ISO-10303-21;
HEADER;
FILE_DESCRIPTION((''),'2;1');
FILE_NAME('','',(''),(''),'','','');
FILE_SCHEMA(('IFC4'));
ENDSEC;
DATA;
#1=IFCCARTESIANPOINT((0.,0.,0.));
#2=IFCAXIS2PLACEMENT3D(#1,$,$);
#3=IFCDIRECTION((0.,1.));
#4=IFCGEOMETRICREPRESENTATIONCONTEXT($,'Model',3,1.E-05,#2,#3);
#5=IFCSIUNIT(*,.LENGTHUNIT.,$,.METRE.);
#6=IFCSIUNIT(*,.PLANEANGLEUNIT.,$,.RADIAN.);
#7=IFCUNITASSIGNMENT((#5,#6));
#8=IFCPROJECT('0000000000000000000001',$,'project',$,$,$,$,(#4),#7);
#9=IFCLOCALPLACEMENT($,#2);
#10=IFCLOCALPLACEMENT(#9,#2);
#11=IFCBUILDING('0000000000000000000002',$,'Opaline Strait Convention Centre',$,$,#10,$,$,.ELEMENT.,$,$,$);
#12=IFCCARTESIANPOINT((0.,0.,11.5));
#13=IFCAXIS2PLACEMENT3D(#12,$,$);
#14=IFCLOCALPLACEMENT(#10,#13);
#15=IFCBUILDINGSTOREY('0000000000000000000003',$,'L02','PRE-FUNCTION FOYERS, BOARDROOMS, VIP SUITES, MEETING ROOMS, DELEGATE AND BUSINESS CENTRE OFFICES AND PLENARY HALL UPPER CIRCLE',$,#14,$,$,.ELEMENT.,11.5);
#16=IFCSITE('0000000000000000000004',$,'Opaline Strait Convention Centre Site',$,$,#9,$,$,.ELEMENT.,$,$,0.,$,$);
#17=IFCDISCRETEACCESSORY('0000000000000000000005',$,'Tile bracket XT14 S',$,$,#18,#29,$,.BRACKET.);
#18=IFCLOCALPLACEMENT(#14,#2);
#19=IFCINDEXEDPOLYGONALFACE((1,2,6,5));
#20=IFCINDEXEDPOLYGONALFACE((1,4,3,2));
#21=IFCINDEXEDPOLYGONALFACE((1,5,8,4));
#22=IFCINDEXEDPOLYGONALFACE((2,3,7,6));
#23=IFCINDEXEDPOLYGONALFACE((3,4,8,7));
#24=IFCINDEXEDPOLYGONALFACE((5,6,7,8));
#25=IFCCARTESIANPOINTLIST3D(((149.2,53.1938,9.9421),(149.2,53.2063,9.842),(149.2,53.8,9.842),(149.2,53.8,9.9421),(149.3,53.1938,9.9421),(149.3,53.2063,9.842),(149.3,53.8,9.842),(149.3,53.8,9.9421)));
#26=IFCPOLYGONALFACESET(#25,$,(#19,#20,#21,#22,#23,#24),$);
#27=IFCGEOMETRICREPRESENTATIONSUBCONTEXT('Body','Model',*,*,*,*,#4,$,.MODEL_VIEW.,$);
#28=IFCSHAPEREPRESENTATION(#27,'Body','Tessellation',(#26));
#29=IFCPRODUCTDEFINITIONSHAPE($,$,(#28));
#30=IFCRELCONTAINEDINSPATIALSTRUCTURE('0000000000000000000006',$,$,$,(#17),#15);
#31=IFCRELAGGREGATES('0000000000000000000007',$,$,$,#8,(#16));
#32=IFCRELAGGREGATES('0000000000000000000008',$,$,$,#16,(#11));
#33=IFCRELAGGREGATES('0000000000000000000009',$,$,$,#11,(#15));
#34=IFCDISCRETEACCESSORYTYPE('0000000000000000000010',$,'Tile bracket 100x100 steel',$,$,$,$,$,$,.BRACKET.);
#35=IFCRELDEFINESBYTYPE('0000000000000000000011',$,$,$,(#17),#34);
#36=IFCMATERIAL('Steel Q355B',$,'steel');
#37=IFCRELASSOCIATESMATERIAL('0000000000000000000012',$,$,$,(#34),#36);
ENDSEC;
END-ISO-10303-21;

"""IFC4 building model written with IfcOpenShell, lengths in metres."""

from ifc_helpers import new_model, si_unit, direction, frame, origin, place, context, subcontext, project, spatial, polyline, outline, extrude, material, type_object, element, save


model = new_model("IFC4")

# Units and contexts
model_context = context("Model", 3, precision=1e-05, world=origin(), true_north=direction((0.0, 1.0)))
body_context = subcontext(model_context, "Body", "Model", "MODEL_VIEW")
ifc_project = project(units=[si_unit("LENGTHUNIT", "METRE"), si_unit("PLANEANGLEUNIT", "RADIAN")], contexts=[model_context])

# Site, building, storey
site_placement = place(None, origin())
site = spatial("IfcSite", under=ifc_project, at=site_placement, Name="Opaline Strait Convention Centre Site", CompositionType="ELEMENT", RefElevation=0.0)
building_placement = place(site_placement, origin())
building = spatial("IfcBuilding", under=site, at=building_placement, Name="Opaline Strait Convention Centre", CompositionType="ELEMENT")
storey_placement = place(building_placement, frame((0.0, 0.0, 11.5)))
storey = spatial("IfcBuildingStorey", under=building, at=storey_placement, Name="L02", Description="PRE-FUNCTION FOYERS, BOARDROOMS, VIP SUITES, MEETING ROOMS, DELEGATE AND BUSINESS CENTRE OFFICES AND PLENARY HALL UPPER CIRCLE", CompositionType="ELEMENT", Elevation=11.5)

# Shared definitions
ifc_material_1 = material(Name="Steel Q355B", Category="steel")

# Discrete accessory
discrete_accessory_type = type_object("IfcDiscreteAccessoryType", Name="Tile bracket 100x100 steel", PredefinedType="BRACKET", material=ifc_material_1)
discrete_accessory_1_placement = place(storey_placement, frame((149.2, 53.8, 9.8921), z_axis=(1.0, 0.0, 0.0), x_axis=(0.0, 1.0, 0.0)))
element("IfcDiscreteAccessory", 1, at=discrete_accessory_1_placement, inside=storey, type_object=discrete_accessory_type, Name="Tile bracket XT14 S", PredefinedType="BRACKET", context=body_context, shape_type="SweptSolid", body=[
    extrude(outline(polyline([(0.0, -0.05), (0.0, 0.05), (-0.6062, 0.05), (-0.5938, -0.05), (0.0, -0.05)])), origin(), (0.0, 0.0, 1.0), 0.1001),
])

save(model, "model.ifc")
